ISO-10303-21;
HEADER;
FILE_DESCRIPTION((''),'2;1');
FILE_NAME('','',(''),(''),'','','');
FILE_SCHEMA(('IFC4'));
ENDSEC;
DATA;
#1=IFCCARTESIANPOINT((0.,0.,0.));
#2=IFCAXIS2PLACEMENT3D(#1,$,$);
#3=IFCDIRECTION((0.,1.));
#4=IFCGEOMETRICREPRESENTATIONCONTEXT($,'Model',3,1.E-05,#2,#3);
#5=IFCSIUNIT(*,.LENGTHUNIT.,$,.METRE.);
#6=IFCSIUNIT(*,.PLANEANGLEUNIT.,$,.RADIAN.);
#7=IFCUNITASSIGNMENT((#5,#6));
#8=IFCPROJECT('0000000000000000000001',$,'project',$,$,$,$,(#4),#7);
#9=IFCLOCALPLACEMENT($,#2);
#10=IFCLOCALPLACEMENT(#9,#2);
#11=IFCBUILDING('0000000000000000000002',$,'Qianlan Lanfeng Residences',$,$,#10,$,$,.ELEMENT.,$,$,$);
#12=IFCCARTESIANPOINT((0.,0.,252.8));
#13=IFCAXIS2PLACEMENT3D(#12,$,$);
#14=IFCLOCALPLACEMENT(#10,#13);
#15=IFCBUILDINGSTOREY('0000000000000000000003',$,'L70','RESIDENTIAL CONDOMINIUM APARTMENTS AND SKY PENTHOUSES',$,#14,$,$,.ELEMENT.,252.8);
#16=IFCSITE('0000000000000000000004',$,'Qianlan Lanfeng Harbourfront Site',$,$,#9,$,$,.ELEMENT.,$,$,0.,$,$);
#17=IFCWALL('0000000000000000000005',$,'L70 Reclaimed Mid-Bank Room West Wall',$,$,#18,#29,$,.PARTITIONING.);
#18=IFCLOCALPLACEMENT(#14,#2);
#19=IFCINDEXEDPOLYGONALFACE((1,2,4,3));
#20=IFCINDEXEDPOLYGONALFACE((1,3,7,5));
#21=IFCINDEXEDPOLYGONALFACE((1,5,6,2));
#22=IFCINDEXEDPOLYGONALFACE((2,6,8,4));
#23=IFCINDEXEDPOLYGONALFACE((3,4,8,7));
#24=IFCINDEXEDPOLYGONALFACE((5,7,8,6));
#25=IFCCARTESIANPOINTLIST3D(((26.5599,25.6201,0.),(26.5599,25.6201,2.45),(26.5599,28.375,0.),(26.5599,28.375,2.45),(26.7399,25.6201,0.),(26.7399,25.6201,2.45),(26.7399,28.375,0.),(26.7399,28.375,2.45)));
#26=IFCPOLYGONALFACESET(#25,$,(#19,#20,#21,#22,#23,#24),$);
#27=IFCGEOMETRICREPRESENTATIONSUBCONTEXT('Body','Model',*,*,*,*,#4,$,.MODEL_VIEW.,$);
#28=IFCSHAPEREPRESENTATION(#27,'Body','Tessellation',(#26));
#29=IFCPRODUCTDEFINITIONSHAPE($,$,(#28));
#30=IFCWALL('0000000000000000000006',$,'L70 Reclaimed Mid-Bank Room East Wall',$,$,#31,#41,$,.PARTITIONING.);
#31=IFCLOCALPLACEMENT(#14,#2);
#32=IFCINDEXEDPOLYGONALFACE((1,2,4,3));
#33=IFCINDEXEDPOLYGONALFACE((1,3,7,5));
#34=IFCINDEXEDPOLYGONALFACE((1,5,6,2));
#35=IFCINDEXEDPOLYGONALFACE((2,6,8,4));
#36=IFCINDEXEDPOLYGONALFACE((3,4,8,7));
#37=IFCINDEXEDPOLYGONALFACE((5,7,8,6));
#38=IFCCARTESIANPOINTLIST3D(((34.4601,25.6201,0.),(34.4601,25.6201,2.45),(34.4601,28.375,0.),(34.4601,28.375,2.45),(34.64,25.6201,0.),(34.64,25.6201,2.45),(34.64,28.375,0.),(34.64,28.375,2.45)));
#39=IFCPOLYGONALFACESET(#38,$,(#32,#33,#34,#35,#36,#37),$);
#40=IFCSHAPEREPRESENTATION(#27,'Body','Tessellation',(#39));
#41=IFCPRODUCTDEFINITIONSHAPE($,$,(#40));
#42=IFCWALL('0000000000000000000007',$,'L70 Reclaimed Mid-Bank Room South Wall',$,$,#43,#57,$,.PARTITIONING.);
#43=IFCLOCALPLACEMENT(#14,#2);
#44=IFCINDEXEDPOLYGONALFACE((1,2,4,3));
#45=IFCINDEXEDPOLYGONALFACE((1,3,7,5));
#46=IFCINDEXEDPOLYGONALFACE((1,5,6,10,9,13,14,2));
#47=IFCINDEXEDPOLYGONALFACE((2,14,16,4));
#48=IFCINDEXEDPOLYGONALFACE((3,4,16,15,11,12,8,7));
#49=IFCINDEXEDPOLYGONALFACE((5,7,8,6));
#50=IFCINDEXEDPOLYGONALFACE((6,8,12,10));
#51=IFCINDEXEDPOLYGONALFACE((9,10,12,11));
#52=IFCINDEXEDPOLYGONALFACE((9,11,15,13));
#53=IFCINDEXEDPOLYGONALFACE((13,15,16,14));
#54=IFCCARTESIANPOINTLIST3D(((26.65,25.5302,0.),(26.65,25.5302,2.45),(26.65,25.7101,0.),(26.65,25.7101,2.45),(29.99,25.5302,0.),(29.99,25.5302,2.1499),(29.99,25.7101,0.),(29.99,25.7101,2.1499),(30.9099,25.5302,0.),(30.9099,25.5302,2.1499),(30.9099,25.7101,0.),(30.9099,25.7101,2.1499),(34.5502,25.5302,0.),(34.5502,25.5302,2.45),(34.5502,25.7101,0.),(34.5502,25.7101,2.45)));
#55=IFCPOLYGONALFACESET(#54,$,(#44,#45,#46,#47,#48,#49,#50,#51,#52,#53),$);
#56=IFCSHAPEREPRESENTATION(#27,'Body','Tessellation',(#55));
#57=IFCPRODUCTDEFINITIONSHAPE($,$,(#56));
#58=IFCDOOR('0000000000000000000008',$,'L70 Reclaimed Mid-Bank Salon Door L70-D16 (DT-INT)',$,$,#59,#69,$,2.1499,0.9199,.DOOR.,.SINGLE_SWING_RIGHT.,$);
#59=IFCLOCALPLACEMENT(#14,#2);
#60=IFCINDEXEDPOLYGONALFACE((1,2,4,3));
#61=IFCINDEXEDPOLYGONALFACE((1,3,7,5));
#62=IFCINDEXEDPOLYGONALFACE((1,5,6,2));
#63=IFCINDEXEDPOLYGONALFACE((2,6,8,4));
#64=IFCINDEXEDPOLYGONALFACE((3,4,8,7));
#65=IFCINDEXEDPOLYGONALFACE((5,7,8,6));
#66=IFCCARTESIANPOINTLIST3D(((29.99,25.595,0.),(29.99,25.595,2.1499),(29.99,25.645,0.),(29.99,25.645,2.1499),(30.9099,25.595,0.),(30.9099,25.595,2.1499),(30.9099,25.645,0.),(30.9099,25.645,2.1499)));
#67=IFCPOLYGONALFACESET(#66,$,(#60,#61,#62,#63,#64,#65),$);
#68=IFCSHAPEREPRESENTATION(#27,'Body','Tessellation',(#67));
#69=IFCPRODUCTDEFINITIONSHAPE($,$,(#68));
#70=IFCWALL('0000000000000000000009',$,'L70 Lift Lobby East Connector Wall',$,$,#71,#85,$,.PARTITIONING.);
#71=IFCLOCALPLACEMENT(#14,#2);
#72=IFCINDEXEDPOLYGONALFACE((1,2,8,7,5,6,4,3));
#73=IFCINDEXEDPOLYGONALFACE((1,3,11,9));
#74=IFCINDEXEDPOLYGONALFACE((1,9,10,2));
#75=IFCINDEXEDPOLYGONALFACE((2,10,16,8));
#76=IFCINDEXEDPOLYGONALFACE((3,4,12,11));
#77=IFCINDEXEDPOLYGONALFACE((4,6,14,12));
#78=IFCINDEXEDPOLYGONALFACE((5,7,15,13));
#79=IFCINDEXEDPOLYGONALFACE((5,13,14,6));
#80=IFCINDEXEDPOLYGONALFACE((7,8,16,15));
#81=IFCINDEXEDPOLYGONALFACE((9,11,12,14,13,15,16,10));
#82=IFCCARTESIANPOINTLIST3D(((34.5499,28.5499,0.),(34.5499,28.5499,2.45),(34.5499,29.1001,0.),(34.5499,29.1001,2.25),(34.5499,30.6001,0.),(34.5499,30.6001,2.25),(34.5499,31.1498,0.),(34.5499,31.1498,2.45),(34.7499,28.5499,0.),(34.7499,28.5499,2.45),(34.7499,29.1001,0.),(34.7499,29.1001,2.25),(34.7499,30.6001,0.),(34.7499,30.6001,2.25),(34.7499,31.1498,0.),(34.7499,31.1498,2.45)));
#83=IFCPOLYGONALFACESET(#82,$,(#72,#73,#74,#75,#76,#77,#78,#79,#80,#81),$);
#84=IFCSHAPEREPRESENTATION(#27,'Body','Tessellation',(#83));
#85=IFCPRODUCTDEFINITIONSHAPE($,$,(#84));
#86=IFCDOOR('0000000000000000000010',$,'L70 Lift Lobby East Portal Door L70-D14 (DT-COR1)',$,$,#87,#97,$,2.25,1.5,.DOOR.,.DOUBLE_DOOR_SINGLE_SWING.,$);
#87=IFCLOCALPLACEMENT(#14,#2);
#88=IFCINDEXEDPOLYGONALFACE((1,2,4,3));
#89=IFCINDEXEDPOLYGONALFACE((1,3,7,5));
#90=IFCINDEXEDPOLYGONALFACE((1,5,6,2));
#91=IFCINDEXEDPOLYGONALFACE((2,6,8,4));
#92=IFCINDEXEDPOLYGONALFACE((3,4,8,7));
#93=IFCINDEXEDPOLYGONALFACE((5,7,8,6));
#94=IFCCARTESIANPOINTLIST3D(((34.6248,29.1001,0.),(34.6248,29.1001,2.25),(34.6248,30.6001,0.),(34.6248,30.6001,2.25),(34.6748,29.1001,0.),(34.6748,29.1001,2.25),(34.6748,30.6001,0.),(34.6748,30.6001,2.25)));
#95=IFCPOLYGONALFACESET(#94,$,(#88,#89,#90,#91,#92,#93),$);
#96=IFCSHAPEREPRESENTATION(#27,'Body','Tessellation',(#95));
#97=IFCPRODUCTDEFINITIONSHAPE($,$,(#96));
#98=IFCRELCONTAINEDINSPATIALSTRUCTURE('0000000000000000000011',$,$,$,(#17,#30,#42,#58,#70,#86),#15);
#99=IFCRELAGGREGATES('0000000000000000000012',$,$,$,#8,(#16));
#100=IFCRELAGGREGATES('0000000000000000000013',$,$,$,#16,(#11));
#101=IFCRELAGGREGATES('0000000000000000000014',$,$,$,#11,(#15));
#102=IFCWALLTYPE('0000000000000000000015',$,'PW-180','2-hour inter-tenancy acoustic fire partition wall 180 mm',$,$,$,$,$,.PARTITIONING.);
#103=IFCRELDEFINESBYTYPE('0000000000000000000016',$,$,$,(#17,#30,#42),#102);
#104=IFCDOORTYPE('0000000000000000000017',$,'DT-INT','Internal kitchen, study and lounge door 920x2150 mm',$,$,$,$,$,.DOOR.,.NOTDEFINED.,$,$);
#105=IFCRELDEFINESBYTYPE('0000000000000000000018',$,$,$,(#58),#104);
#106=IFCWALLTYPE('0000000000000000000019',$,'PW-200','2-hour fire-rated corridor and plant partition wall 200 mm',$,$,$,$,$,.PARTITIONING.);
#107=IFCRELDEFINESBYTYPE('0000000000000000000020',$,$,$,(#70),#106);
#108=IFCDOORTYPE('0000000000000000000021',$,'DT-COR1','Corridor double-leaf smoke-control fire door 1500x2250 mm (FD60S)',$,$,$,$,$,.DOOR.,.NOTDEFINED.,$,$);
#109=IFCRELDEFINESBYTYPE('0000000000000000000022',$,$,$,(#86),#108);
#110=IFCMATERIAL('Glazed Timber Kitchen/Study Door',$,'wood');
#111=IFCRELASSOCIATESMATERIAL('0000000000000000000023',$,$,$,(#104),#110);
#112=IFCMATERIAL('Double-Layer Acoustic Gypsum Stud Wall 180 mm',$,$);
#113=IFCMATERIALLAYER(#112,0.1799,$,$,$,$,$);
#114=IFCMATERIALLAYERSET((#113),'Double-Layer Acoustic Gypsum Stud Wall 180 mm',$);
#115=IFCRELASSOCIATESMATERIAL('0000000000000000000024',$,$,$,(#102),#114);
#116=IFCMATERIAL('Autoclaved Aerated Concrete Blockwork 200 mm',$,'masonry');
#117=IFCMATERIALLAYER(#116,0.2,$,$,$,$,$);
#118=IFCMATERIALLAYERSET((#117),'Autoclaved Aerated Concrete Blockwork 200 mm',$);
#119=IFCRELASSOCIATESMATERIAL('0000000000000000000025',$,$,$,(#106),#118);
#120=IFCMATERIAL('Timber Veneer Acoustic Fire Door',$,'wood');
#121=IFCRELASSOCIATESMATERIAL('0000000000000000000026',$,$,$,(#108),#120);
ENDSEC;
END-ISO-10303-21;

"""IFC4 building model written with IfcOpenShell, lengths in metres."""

from ifc_helpers import new_model, si_unit, direction, frame, frame_2d, origin, place, context, subcontext, project, spatial, rectangle, extrude, material, layer, layer_set, type_object, element, fill, save


model = new_model("IFC4")

# Units and contexts
model_context = context("Model", 3, precision=1e-05, world=origin(), true_north=direction((0.0, 1.0)))
body_context = subcontext(model_context, "Body", "Model", "MODEL_VIEW")
ifc_project = project(units=[si_unit("LENGTHUNIT", "METRE"), si_unit("PLANEANGLEUNIT", "RADIAN")], contexts=[model_context])

# Site, building, storey
site_placement = place(None, origin())
site = spatial("IfcSite", under=ifc_project, at=site_placement, Name="Qianlan Lanfeng Harbourfront Site", CompositionType="ELEMENT", RefElevation=0.0)
building_placement = place(site_placement, origin())
building = spatial("IfcBuilding", under=site, at=building_placement, Name="Qianlan Lanfeng Residences", CompositionType="ELEMENT")
storey_placement = place(building_placement, frame((0.0, 0.0, 252.8)))
storey = spatial("IfcBuildingStorey", under=building, at=storey_placement, Name="L70", Description="RESIDENTIAL CONDOMINIUM APARTMENTS AND SKY PENTHOUSES", CompositionType="ELEMENT", Elevation=252.8)

# Shared definitions
ifc_material_1 = material(Name="Glazed Timber Kitchen/Study Door", Category="wood")
door_type_1 = type_object("IfcDoorType", Name="DT-INT", Description="Internal kitchen, study and lounge door 920x2150 mm", OperationType="NOTDEFINED", PredefinedType="DOOR", material=ifc_material_1)

# Walls
ifc_material_2 = material(Name="Double-Layer Acoustic Gypsum Stud Wall 180 mm")
ifc_layer_1 = layer(ifc_material_2, 0.1799)
ifc_layer_set_1 = layer_set([ifc_layer_1], Name="Double-Layer Acoustic Gypsum Stud Wall 180 mm")
wall_type_1 = type_object("IfcWallType", Name="PW-180", Description="2-hour inter-tenancy acoustic fire partition wall 180 mm", PredefinedType="PARTITIONING", material=ifc_layer_set_1)
for number, where, z_axis, x_axis, name in (
    (1, (26.6499, 25.6201, 0.0), (0.0, 0.0, 1.0), (0.0, 1.0, 0.0), "L70 Reclaimed Mid-Bank Room West Wall"),
    (2, (34.55, 25.6201, 0.0), (0.0, 0.0, 1.0), (0.0, 1.0, 0.0), "L70 Reclaimed Mid-Bank Room East Wall"),
):
    element("IfcWall", number, at=place(storey_placement, frame(where, z_axis=z_axis, x_axis=x_axis)), inside=storey, type_object=wall_type_1, Name=name, PredefinedType="PARTITIONING", context=body_context, shape_type="SweptSolid", body=[
        extrude(rectangle(XDim=2.7549, YDim=0.1799, at=frame_2d((1.3774, 0.0))), origin(), (0.0, 0.0, 1.0), 2.45),
    ])

# Walls, openings, doors
wall_1_placement = place(storey_placement, frame((26.6499, 25.6201, 0.0), z_axis=(0.0, 0.0, 1.0), x_axis=(1.0, 0.0, 0.0)))
wall_1 = element("IfcWall", 3, at=wall_1_placement, inside=storey, type_object=wall_type_1, Name="L70 Reclaimed Mid-Bank Room South Wall", PredefinedType="PARTITIONING", context=body_context, shape_type="SweptSolid", body=[
    extrude(rectangle(XDim=7.9001, YDim=0.1799, at=frame_2d((3.9502, 0.0))), origin(), (0.0, 0.0, 1.0), 2.45),
])
opening_1_placement = place(wall_1_placement, frame((3.3401, 0.0, 0.0)))
opening_1 = element("IfcOpeningElement", 4, at=opening_1_placement, cuts=wall_1, PredefinedType="OPENING", context=body_context, shape_type="SweptSolid", body=[
    extrude(rectangle(XDim=0.9199, YDim=2.1499, at=frame_2d((0.46, 1.075))), frame((0.0, 0.1001, 0.0), z_axis=(0.0, -1.0, 0.0), x_axis=(1.0, 0.0, 0.0)), (0.0, 0.0, 1.0), 0.2),
])
door_1_placement = place(opening_1_placement, origin())
door_1 = element("IfcDoor", 5, at=door_1_placement, inside=storey, type_object=door_type_1, Name="L70 Reclaimed Mid-Bank Salon Door L70-D16 (DT-INT)", OperationType="SINGLE_SWING_RIGHT", OverallHeight=2.1499, OverallWidth=0.9199, PredefinedType="DOOR", context=body_context, shape_type="SweptSolid", body=[
    extrude(rectangle(XDim=0.9199, YDim=2.1499, at=frame_2d((0.46, 1.075))), frame((0.0, 0.0249, 0.0), z_axis=(0.0, -1.0, 0.0), x_axis=(1.0, 0.0, 0.0)), (0.0, 0.0, 1.0), 0.05),
])
fill(opening_1, door_1)
ifc_material_3 = material(Name="Autoclaved Aerated Concrete Blockwork 200 mm", Category="masonry")
ifc_layer_2 = layer(ifc_material_3, 0.2)
ifc_layer_set_2 = layer_set([ifc_layer_2], Name="Autoclaved Aerated Concrete Blockwork 200 mm")
wall_type_2 = type_object("IfcWallType", Name="PW-200", Description="2-hour fire-rated corridor and plant partition wall 200 mm", PredefinedType="PARTITIONING", material=ifc_layer_set_2)
wall_2_placement = place(storey_placement, frame((34.6499, 28.55, 0.0), z_axis=(0.0, 0.0, 1.0), x_axis=(0.0, 1.0, 0.0)))
wall_2 = element("IfcWall", 6, at=wall_2_placement, inside=storey, type_object=wall_type_2, Name="L70 Lift Lobby East Connector Wall", PredefinedType="PARTITIONING", context=body_context, shape_type="SweptSolid", body=[
    extrude(rectangle(XDim=2.5999, YDim=0.2, at=frame_2d((1.2998, 0.0))), origin(), (0.0, 0.0, 1.0), 2.45),
])
opening_2_placement = place(wall_2_placement, frame((0.55, 0.0, 0.0)))
opening_2 = element("IfcOpeningElement", 7, at=opening_2_placement, cuts=wall_2, PredefinedType="OPENING", context=body_context, shape_type="SweptSolid", body=[
    extrude(rectangle(XDim=1.5, YDim=2.25, at=frame_2d((0.75, 1.125))), frame((0.0, 0.1099, 0.0), z_axis=(0.0, -1.0, 0.0), x_axis=(1.0, 0.0, 0.0)), (0.0, 0.0, 1.0), 0.22),
])
ifc_material_4 = material(Name="Timber Veneer Acoustic Fire Door", Category="wood")
door_type_2 = type_object("IfcDoorType", Name="DT-COR1", Description="Corridor double-leaf smoke-control fire door 1500x2250 mm (FD60S)", OperationType="NOTDEFINED", PredefinedType="DOOR", material=ifc_material_4)
door_2_placement = place(opening_2_placement, frame((1.5, 0.0, 0.0), z_axis=(0.0, 0.0, 1.0), x_axis=(-1.0, 0.0, 0.0)))
door_2 = element("IfcDoor", 8, at=door_2_placement, inside=storey, type_object=door_type_2, Name="L70 Lift Lobby East Portal Door L70-D14 (DT-COR1)", OperationType="DOUBLE_DOOR_SINGLE_SWING", OverallHeight=2.25, OverallWidth=1.5, PredefinedType="DOOR", context=body_context, shape_type="SweptSolid", body=[
    extrude(rectangle(XDim=1.5, YDim=2.25, at=frame_2d((0.75, 1.125))), frame((0.0, 0.0249, 0.0), z_axis=(0.0, -1.0, 0.0), x_axis=(1.0, 0.0, 0.0)), (0.0, 0.0, 1.0), 0.05),
])
fill(opening_2, door_2)

save(model, "model.ifc")
